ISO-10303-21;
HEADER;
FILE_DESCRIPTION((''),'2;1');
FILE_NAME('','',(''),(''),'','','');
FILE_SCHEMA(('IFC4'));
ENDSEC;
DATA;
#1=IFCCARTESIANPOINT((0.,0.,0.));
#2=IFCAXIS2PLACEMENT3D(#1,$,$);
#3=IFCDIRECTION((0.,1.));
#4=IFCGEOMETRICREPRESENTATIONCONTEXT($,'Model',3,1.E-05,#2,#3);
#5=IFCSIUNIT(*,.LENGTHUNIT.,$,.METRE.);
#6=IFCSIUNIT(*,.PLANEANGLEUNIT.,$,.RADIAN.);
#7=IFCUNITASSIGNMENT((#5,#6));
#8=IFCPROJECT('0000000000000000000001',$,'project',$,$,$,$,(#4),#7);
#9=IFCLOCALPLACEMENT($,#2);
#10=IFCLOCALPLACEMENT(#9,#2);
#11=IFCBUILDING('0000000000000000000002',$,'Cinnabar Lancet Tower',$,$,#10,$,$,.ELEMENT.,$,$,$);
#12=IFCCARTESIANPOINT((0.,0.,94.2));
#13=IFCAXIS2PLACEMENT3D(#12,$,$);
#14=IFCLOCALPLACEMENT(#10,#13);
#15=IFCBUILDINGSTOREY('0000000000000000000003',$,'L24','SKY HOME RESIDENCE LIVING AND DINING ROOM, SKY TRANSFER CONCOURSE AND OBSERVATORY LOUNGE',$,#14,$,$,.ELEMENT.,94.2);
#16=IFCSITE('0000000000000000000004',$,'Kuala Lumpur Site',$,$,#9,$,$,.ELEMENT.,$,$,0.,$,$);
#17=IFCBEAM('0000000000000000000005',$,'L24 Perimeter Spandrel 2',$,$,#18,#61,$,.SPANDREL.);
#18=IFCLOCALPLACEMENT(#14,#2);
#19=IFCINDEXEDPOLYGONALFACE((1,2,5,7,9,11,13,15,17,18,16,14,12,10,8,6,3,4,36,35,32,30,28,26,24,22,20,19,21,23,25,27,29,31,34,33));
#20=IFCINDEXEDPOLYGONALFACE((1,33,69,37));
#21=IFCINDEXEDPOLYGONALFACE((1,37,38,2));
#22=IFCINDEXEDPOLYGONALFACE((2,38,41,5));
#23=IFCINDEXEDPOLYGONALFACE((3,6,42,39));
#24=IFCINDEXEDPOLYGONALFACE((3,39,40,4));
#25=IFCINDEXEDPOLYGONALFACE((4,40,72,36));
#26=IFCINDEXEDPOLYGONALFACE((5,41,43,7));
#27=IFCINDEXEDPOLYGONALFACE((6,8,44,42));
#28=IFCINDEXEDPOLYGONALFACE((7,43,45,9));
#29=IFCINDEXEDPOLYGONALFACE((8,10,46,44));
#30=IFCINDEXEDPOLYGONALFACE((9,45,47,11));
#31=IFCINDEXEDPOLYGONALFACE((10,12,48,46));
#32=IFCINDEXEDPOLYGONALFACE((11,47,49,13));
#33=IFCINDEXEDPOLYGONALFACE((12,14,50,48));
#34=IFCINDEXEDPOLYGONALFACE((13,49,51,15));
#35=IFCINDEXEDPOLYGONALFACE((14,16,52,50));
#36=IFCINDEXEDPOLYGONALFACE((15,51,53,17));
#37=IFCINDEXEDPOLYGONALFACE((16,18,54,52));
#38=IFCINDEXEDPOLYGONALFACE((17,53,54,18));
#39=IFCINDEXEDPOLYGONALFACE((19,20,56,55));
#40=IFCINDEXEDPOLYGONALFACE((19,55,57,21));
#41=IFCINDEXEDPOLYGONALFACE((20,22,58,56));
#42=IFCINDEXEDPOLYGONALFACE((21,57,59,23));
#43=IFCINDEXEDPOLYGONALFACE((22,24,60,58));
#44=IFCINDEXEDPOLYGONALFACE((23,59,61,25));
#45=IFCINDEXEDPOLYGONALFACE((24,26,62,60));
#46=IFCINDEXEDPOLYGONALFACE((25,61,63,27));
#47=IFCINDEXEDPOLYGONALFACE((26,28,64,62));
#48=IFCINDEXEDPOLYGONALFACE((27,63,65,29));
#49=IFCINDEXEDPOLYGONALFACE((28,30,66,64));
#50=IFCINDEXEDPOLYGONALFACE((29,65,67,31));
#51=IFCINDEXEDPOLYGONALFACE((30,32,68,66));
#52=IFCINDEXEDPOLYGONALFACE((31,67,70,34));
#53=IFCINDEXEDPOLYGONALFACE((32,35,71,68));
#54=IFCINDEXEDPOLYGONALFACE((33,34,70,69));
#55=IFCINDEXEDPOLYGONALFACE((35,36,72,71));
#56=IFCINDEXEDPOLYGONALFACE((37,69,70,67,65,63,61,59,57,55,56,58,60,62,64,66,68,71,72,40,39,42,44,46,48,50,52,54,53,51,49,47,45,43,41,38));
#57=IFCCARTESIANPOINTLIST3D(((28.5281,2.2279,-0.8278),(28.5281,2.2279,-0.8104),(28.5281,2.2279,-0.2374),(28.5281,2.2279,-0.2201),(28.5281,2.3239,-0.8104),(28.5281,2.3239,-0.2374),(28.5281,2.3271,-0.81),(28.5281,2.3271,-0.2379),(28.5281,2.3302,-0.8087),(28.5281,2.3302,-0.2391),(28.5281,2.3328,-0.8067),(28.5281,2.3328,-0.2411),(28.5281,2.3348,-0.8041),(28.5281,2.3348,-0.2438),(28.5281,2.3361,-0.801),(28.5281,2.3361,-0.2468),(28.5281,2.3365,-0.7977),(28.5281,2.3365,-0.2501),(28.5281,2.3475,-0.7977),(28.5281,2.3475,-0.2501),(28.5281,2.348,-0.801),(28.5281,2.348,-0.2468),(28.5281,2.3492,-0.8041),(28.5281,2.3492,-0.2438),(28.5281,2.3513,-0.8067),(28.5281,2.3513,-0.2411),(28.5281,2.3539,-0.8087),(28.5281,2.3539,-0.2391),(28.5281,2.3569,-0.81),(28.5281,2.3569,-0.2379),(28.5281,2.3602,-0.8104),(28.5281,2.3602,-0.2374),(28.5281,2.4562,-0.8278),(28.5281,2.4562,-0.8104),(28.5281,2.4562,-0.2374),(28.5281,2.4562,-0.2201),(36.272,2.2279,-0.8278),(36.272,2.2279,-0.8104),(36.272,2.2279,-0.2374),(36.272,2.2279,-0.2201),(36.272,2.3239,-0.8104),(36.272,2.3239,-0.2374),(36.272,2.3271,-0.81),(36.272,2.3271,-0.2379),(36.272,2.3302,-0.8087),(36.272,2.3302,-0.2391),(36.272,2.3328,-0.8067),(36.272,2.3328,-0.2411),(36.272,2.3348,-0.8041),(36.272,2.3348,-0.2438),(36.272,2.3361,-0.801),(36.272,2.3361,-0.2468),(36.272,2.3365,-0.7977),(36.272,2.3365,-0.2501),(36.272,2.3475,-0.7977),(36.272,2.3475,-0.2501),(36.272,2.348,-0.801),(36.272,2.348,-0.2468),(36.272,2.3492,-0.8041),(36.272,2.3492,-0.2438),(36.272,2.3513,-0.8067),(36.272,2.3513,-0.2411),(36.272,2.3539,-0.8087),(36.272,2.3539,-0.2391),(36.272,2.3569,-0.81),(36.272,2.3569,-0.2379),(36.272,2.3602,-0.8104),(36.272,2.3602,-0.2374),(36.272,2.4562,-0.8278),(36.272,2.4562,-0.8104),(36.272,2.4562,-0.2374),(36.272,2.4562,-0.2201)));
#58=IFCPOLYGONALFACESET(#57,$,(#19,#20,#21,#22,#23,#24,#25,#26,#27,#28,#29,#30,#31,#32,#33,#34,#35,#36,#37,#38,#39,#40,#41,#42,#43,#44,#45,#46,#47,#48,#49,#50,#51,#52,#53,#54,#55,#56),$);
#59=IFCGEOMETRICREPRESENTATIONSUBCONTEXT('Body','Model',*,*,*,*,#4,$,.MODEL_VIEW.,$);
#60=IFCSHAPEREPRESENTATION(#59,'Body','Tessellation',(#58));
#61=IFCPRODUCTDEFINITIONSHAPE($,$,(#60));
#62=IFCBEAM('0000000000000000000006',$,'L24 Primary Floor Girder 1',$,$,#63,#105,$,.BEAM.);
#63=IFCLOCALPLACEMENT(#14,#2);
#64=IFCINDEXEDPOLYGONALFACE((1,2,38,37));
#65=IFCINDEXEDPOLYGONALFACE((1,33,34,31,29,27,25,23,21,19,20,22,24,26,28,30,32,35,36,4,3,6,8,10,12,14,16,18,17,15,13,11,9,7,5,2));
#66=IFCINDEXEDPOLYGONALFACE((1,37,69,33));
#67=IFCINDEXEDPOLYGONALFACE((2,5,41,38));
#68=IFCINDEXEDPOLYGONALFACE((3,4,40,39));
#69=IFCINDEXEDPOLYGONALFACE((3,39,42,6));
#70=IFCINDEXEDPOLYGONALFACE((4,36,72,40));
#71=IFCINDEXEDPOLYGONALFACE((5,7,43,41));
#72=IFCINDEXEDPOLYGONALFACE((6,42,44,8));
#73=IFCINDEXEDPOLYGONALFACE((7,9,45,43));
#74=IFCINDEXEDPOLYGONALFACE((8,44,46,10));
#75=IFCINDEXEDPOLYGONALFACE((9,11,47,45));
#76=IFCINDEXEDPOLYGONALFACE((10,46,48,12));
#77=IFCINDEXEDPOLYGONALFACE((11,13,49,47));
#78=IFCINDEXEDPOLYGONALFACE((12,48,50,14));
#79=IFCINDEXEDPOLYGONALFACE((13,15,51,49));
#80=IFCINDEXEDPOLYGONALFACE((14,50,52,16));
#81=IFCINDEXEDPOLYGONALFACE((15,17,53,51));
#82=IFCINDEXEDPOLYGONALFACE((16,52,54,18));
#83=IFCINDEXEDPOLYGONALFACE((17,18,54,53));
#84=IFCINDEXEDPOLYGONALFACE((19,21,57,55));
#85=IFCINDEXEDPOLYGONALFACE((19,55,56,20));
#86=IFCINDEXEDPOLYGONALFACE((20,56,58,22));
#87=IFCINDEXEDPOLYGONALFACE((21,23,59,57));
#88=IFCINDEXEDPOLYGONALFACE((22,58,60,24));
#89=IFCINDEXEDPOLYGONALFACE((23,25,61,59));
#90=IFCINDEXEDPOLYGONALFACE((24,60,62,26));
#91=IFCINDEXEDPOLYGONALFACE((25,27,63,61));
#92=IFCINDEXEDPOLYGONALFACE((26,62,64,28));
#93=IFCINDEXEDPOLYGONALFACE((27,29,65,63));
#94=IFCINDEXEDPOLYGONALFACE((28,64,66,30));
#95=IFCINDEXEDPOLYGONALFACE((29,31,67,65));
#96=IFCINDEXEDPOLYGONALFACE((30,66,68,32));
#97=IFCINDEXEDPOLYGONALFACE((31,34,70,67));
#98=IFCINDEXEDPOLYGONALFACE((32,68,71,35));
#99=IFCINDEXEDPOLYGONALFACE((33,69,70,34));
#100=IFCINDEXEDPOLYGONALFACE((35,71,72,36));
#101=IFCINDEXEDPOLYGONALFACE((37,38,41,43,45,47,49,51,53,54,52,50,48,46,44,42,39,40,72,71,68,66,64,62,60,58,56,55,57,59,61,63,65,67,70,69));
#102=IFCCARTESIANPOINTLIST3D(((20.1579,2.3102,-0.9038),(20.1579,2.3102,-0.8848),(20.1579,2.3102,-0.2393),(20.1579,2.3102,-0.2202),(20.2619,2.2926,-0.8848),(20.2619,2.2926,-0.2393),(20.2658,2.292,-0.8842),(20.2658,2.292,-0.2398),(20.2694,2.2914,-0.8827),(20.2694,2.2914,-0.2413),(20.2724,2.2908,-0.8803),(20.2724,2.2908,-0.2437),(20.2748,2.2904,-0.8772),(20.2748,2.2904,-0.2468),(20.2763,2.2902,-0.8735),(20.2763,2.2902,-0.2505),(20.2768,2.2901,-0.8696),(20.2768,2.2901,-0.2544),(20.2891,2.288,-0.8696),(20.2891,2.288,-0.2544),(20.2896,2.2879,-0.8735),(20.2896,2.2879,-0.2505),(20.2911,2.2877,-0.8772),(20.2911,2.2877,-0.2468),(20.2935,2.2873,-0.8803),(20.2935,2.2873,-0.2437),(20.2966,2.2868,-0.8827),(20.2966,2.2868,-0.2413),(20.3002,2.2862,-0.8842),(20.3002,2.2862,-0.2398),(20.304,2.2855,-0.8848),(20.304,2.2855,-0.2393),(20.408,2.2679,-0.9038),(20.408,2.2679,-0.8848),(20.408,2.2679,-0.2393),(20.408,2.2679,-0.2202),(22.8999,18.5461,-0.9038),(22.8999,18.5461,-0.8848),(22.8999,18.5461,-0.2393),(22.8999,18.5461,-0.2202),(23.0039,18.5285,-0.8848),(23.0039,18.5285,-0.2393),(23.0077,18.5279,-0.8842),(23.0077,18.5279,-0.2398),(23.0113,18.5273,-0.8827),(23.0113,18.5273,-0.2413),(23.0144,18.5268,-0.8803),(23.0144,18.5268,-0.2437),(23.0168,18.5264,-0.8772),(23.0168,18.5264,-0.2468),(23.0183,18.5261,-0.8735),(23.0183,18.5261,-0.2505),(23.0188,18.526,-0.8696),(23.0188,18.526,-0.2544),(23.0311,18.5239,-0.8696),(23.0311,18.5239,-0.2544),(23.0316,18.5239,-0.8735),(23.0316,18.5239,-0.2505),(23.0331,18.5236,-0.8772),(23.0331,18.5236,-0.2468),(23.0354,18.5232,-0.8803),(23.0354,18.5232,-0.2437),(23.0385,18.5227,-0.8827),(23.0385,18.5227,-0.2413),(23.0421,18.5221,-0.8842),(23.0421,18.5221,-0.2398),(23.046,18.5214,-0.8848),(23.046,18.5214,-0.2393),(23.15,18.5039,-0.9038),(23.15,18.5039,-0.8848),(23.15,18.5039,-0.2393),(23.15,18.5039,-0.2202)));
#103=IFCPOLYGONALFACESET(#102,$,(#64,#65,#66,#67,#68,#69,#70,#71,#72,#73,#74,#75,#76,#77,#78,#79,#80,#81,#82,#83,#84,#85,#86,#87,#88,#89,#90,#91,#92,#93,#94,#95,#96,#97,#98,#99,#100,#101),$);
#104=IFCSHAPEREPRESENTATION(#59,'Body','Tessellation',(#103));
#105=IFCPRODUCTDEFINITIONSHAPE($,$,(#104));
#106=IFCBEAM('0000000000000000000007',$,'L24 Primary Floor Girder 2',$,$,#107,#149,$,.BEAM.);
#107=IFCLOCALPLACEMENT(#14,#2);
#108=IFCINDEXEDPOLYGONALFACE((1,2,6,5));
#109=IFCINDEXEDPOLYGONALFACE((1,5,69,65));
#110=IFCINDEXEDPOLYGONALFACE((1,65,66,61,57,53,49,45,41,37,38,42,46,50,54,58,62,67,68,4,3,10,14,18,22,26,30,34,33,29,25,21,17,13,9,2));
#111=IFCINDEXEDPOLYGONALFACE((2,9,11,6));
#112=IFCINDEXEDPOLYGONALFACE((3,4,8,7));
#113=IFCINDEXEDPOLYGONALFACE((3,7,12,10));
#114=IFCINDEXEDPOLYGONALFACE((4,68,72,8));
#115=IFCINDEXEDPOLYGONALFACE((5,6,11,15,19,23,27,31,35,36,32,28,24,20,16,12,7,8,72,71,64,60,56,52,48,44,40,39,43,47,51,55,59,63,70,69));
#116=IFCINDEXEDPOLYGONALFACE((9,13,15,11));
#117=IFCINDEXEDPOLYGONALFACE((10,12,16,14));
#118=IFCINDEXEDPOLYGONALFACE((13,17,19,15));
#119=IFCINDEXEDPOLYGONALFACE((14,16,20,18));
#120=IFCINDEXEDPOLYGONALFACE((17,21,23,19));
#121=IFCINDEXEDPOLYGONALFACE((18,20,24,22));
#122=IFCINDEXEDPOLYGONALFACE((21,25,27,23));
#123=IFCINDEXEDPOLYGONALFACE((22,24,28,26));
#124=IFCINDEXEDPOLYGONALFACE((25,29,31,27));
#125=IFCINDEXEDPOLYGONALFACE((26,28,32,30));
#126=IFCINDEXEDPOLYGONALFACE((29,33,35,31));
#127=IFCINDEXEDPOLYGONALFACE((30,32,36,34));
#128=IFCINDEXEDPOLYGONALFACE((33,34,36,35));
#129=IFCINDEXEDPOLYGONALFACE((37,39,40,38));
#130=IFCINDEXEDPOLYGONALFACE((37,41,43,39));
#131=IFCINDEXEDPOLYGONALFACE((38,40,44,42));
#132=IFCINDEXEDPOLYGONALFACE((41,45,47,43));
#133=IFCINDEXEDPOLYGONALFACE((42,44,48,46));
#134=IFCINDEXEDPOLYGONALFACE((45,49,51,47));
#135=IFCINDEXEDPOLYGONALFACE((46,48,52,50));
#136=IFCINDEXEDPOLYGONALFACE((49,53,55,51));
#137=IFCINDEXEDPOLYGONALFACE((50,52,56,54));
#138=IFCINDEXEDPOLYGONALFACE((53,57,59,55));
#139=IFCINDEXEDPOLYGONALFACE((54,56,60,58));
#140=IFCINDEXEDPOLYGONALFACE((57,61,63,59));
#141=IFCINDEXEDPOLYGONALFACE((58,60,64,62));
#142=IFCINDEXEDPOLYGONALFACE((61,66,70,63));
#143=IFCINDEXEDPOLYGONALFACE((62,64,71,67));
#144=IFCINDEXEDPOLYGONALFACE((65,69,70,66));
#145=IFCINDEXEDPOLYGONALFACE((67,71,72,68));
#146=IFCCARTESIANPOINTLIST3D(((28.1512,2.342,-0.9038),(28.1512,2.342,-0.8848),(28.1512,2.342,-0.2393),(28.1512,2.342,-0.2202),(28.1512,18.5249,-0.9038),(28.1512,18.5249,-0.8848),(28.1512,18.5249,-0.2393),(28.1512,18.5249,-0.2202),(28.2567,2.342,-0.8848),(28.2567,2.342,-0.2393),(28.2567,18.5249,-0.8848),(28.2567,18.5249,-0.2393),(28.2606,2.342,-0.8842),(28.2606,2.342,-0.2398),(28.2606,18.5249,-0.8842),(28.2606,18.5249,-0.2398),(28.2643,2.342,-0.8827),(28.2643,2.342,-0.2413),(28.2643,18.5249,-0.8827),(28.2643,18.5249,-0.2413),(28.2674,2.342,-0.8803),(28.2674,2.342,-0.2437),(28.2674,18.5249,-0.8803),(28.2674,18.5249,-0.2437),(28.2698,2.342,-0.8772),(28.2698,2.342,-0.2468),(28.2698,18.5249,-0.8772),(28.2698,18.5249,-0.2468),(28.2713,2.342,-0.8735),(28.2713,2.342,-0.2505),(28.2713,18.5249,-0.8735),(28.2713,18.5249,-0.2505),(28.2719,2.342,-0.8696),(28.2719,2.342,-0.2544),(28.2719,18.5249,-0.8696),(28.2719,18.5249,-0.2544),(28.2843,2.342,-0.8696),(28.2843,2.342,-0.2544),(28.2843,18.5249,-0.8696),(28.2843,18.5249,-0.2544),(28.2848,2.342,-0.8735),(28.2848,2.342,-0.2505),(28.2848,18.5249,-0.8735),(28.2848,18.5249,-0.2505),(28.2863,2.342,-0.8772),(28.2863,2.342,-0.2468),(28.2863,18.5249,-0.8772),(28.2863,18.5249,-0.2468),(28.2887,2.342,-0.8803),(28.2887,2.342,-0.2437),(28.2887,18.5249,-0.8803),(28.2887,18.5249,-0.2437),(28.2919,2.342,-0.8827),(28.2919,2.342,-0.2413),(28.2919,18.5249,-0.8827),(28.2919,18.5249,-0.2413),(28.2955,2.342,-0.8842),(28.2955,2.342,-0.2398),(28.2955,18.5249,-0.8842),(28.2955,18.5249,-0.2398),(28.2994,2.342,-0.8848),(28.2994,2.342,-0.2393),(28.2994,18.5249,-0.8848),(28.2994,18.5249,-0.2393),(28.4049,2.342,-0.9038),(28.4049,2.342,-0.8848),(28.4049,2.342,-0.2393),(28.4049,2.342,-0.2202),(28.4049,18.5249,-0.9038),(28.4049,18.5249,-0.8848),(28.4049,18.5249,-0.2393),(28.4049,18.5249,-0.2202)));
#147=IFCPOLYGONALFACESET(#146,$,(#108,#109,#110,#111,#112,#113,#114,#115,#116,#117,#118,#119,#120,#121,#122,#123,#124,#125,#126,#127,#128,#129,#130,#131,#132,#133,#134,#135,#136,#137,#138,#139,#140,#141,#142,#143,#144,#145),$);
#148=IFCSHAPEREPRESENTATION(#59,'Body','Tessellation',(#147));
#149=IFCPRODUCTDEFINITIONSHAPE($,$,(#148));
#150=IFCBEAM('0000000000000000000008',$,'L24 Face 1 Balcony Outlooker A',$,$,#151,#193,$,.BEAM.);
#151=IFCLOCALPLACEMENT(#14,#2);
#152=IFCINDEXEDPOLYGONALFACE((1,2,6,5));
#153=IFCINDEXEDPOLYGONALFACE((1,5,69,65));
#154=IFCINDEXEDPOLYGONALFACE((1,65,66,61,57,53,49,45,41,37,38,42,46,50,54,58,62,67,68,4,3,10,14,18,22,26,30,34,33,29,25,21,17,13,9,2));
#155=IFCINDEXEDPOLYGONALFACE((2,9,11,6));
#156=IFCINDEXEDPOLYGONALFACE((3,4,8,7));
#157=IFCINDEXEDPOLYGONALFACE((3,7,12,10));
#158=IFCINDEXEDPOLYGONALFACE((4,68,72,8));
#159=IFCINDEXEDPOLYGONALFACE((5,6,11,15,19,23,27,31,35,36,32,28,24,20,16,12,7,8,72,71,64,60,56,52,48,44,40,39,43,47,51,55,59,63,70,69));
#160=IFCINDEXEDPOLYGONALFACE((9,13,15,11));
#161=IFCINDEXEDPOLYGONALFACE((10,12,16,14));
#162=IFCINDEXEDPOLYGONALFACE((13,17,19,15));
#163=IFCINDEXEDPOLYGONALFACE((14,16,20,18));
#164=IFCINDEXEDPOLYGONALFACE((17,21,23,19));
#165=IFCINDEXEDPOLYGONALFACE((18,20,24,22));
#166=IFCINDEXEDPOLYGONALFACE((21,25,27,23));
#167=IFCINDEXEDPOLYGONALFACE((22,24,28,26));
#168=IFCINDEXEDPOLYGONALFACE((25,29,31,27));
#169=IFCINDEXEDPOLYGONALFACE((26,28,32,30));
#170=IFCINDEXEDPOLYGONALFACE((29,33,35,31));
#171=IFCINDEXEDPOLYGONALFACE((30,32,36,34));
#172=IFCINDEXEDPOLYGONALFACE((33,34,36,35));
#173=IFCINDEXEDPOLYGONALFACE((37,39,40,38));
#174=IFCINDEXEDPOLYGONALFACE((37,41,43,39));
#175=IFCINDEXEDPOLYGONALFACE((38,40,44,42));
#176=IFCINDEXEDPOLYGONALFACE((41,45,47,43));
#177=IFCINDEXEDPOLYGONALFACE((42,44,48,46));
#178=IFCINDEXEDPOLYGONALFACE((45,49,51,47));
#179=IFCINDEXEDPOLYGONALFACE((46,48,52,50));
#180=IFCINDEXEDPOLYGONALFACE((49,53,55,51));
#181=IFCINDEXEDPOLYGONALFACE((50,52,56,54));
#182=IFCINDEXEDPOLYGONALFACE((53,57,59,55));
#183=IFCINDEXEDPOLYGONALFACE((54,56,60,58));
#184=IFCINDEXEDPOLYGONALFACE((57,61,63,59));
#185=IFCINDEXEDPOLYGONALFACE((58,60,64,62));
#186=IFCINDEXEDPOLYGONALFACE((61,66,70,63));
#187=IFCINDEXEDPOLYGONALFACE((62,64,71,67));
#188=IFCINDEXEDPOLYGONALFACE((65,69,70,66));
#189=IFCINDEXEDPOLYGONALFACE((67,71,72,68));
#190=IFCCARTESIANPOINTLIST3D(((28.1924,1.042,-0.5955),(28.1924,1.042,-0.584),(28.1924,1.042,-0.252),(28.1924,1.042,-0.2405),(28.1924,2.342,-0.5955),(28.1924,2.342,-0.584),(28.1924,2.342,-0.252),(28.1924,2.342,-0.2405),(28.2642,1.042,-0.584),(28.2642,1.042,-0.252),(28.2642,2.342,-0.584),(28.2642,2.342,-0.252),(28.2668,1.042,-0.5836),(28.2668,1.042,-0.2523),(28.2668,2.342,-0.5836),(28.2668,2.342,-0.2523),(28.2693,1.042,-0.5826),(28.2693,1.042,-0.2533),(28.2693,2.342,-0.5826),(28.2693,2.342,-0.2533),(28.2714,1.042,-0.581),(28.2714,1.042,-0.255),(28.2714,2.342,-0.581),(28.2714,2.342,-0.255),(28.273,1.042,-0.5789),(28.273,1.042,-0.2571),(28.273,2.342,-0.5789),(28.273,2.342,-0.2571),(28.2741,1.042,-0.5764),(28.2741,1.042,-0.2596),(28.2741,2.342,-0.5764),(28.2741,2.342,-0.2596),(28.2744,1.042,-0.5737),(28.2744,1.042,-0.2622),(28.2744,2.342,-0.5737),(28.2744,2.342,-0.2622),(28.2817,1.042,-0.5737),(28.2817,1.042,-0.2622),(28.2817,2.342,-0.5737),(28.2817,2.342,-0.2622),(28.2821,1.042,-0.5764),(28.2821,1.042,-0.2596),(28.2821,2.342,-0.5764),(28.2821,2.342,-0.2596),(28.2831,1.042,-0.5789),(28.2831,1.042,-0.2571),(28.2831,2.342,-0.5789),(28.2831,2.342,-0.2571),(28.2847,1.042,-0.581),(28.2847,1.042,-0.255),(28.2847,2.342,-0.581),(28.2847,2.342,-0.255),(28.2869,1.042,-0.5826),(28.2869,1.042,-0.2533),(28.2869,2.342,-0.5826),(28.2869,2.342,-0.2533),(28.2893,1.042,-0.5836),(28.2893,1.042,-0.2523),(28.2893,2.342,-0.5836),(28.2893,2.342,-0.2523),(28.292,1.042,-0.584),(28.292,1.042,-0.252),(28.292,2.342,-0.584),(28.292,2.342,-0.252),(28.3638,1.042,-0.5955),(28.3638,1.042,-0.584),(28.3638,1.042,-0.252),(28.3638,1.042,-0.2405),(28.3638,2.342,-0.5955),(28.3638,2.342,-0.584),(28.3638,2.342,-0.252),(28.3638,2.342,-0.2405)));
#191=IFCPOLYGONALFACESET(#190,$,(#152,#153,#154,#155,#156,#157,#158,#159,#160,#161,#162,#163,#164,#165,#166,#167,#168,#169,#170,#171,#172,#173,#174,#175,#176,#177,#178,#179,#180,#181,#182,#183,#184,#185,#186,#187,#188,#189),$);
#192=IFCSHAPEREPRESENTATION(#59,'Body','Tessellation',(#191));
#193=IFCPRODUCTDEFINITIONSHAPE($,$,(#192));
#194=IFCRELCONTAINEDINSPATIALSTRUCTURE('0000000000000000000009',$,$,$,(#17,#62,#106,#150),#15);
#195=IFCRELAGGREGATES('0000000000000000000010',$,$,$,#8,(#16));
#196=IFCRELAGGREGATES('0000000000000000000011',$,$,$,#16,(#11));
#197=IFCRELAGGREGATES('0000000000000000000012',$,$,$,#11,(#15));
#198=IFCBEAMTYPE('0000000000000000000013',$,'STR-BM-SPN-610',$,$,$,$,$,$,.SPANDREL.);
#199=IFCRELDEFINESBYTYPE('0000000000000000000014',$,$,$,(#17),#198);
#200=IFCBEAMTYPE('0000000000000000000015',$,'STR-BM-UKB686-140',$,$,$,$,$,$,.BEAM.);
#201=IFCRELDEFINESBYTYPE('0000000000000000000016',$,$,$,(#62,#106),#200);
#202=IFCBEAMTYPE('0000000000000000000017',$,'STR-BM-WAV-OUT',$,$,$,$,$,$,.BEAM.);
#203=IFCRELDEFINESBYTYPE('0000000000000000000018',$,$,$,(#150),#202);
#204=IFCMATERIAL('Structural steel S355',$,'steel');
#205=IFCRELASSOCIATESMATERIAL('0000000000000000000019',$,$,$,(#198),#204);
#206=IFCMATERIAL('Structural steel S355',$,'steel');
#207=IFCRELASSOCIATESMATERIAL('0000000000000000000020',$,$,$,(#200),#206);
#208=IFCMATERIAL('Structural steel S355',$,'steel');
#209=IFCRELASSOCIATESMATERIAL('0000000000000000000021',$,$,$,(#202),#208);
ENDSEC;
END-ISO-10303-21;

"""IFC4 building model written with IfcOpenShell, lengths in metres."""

from ifc_helpers import new_model, si_unit, direction, frame, origin, origin_2d, place, context, subcontext, project, spatial, i_section, extrude, material, material_profile, profile_set, type_object, element, save


model = new_model("IFC4")

# Units and contexts
model_context = context("Model", 3, precision=1e-05, world=origin(), true_north=direction((0.0, 1.0)))
body_context = subcontext(model_context, "Body", "Model", "MODEL_VIEW")
ifc_project = project(units=[si_unit("LENGTHUNIT", "METRE"), si_unit("PLANEANGLEUNIT", "RADIAN")], contexts=[model_context])

# Site, building, storey
site_placement = place(None, origin())
site = spatial("IfcSite", under=ifc_project, at=site_placement, Name="Kuala Lumpur Site", CompositionType="ELEMENT", RefElevation=0.0)
building_placement = place(site_placement, origin())
building = spatial("IfcBuilding", under=site, at=building_placement, Name="Cinnabar Lancet Tower", CompositionType="ELEMENT")
storey_placement = place(building_placement, frame((0.0, 0.0, 94.2)))
storey = spatial("IfcBuildingStorey", under=building, at=storey_placement, Name="L24", Description="SKY HOME RESIDENCE LIVING AND DINING ROOM, SKY TRANSFER CONCOURSE AND OBSERVATORY LOUNGE", CompositionType="ELEMENT", Elevation=94.2)

# Beams
ifc_material_1 = material(Name="Structural steel S355", Category="steel")
ifc_material_profile_1 = material_profile(ifc_material_1, i_section(OverallWidth=0.2283, OverallDepth=0.6077, WebThickness=0.011, FlangeThickness=0.0173, FilletRadius=0.0127, at=origin_2d()), Name="UKB 610x229x113")
ifc_profile_set_1 = profile_set([ifc_material_profile_1], Name="Structural steel S355")
beam_type_1 = type_object("IfcBeamType", Name="STR-BM-SPN-610", PredefinedType="SPANDREL", material=ifc_profile_set_1)
beam_1_placement = place(storey_placement, frame((28.5281, 2.342, -0.5239), z_axis=(1.0, 0.0, 0.0), x_axis=(0.0, 1.0, 0.0)))
element("IfcBeam", 1, at=beam_1_placement, inside=storey, type_object=beam_type_1, Name="L24 Perimeter Spandrel 2", PredefinedType="SPANDREL", context=body_context, shape_type="SweptSolid", body=[
    extrude(i_section(OverallWidth=0.2283, OverallDepth=0.6077, WebThickness=0.011, FlangeThickness=0.0173, FilletRadius=0.0127, at=origin_2d()), origin(), (0.0, 0.0, 1.0), 7.7439),
])
ifc_material_2 = material(Name="Structural steel S355", Category="steel")
ifc_material_profile_2 = material_profile(ifc_material_2, i_section(OverallWidth=0.2537, OverallDepth=0.6836, WebThickness=0.0125, FlangeThickness=0.019, FilletRadius=0.0151, at=origin_2d()), Name="UKB 686x254x140")
ifc_profile_set_2 = profile_set([ifc_material_profile_2], Name="Structural steel S355")
beam_type_2 = type_object("IfcBeamType", Name="STR-BM-UKB686-140", PredefinedType="BEAM", material=ifc_profile_set_2)
beam_2_placement = place(storey_placement, frame((20.283, 2.2891, -0.562), z_axis=(0.166524, 0.986037, 0.0), x_axis=(-0.986037, 0.166524, 0.0)))
element("IfcBeam", 2, at=beam_2_placement, inside=storey, type_object=beam_type_2, Name="L24 Primary Floor Girder 1", PredefinedType="BEAM", context=body_context, shape_type="SweptSolid", body=[
    extrude(i_section(OverallWidth=0.2537, OverallDepth=0.6836, WebThickness=0.0125, FlangeThickness=0.019, FilletRadius=0.0151, at=origin_2d()), origin(), (0.0, 0.0, 1.0), 16.4658),
])
beam_3_placement = place(storey_placement, frame((28.2781, 2.342, -0.562), z_axis=(0.0, 1.0, 0.0), x_axis=(-1.0, 0.0, 0.0)))
element("IfcBeam", 3, at=beam_3_placement, inside=storey, type_object=beam_type_2, Name="L24 Primary Floor Girder 2", PredefinedType="BEAM", context=body_context, shape_type="SweptSolid", body=[
    extrude(i_section(OverallWidth=0.2537, OverallDepth=0.6836, WebThickness=0.0125, FlangeThickness=0.019, FilletRadius=0.0151, at=origin_2d()), origin(), (0.0, 0.0, 1.0), 16.1829),
])
ifc_material_3 = material(Name="Structural steel S355", Category="steel")
ifc_material_profile_3 = material_profile(ifc_material_3, i_section(OverallWidth=0.1714, OverallDepth=0.355, WebThickness=0.0073, FlangeThickness=0.0115, FilletRadius=0.0103, at=origin_2d()), Name="UKB 356x171x51")
ifc_profile_set_3 = profile_set([ifc_material_profile_3], Name="Structural steel S355")
beam_type_3 = type_object("IfcBeamType", Name="STR-BM-WAV-OUT", PredefinedType="BEAM", material=ifc_profile_set_3)
beam_4_placement = place(storey_placement, frame((28.2781, 2.342, -0.418), z_axis=(0.0, -1.0, 0.0), x_axis=(1.0, 0.0, 0.0)))
element("IfcBeam", 4, at=beam_4_placement, inside=storey, type_object=beam_type_3, Name="L24 Face 1 Balcony Outlooker A", PredefinedType="BEAM", context=body_context, shape_type="SweptSolid", body=[
    extrude(i_section(OverallWidth=0.1714, OverallDepth=0.355, WebThickness=0.0073, FlangeThickness=0.0115, FilletRadius=0.0103, at=origin_2d()), origin(), (0.0, 0.0, 1.0), 1.3),
])

save(model, "model.ifc")
